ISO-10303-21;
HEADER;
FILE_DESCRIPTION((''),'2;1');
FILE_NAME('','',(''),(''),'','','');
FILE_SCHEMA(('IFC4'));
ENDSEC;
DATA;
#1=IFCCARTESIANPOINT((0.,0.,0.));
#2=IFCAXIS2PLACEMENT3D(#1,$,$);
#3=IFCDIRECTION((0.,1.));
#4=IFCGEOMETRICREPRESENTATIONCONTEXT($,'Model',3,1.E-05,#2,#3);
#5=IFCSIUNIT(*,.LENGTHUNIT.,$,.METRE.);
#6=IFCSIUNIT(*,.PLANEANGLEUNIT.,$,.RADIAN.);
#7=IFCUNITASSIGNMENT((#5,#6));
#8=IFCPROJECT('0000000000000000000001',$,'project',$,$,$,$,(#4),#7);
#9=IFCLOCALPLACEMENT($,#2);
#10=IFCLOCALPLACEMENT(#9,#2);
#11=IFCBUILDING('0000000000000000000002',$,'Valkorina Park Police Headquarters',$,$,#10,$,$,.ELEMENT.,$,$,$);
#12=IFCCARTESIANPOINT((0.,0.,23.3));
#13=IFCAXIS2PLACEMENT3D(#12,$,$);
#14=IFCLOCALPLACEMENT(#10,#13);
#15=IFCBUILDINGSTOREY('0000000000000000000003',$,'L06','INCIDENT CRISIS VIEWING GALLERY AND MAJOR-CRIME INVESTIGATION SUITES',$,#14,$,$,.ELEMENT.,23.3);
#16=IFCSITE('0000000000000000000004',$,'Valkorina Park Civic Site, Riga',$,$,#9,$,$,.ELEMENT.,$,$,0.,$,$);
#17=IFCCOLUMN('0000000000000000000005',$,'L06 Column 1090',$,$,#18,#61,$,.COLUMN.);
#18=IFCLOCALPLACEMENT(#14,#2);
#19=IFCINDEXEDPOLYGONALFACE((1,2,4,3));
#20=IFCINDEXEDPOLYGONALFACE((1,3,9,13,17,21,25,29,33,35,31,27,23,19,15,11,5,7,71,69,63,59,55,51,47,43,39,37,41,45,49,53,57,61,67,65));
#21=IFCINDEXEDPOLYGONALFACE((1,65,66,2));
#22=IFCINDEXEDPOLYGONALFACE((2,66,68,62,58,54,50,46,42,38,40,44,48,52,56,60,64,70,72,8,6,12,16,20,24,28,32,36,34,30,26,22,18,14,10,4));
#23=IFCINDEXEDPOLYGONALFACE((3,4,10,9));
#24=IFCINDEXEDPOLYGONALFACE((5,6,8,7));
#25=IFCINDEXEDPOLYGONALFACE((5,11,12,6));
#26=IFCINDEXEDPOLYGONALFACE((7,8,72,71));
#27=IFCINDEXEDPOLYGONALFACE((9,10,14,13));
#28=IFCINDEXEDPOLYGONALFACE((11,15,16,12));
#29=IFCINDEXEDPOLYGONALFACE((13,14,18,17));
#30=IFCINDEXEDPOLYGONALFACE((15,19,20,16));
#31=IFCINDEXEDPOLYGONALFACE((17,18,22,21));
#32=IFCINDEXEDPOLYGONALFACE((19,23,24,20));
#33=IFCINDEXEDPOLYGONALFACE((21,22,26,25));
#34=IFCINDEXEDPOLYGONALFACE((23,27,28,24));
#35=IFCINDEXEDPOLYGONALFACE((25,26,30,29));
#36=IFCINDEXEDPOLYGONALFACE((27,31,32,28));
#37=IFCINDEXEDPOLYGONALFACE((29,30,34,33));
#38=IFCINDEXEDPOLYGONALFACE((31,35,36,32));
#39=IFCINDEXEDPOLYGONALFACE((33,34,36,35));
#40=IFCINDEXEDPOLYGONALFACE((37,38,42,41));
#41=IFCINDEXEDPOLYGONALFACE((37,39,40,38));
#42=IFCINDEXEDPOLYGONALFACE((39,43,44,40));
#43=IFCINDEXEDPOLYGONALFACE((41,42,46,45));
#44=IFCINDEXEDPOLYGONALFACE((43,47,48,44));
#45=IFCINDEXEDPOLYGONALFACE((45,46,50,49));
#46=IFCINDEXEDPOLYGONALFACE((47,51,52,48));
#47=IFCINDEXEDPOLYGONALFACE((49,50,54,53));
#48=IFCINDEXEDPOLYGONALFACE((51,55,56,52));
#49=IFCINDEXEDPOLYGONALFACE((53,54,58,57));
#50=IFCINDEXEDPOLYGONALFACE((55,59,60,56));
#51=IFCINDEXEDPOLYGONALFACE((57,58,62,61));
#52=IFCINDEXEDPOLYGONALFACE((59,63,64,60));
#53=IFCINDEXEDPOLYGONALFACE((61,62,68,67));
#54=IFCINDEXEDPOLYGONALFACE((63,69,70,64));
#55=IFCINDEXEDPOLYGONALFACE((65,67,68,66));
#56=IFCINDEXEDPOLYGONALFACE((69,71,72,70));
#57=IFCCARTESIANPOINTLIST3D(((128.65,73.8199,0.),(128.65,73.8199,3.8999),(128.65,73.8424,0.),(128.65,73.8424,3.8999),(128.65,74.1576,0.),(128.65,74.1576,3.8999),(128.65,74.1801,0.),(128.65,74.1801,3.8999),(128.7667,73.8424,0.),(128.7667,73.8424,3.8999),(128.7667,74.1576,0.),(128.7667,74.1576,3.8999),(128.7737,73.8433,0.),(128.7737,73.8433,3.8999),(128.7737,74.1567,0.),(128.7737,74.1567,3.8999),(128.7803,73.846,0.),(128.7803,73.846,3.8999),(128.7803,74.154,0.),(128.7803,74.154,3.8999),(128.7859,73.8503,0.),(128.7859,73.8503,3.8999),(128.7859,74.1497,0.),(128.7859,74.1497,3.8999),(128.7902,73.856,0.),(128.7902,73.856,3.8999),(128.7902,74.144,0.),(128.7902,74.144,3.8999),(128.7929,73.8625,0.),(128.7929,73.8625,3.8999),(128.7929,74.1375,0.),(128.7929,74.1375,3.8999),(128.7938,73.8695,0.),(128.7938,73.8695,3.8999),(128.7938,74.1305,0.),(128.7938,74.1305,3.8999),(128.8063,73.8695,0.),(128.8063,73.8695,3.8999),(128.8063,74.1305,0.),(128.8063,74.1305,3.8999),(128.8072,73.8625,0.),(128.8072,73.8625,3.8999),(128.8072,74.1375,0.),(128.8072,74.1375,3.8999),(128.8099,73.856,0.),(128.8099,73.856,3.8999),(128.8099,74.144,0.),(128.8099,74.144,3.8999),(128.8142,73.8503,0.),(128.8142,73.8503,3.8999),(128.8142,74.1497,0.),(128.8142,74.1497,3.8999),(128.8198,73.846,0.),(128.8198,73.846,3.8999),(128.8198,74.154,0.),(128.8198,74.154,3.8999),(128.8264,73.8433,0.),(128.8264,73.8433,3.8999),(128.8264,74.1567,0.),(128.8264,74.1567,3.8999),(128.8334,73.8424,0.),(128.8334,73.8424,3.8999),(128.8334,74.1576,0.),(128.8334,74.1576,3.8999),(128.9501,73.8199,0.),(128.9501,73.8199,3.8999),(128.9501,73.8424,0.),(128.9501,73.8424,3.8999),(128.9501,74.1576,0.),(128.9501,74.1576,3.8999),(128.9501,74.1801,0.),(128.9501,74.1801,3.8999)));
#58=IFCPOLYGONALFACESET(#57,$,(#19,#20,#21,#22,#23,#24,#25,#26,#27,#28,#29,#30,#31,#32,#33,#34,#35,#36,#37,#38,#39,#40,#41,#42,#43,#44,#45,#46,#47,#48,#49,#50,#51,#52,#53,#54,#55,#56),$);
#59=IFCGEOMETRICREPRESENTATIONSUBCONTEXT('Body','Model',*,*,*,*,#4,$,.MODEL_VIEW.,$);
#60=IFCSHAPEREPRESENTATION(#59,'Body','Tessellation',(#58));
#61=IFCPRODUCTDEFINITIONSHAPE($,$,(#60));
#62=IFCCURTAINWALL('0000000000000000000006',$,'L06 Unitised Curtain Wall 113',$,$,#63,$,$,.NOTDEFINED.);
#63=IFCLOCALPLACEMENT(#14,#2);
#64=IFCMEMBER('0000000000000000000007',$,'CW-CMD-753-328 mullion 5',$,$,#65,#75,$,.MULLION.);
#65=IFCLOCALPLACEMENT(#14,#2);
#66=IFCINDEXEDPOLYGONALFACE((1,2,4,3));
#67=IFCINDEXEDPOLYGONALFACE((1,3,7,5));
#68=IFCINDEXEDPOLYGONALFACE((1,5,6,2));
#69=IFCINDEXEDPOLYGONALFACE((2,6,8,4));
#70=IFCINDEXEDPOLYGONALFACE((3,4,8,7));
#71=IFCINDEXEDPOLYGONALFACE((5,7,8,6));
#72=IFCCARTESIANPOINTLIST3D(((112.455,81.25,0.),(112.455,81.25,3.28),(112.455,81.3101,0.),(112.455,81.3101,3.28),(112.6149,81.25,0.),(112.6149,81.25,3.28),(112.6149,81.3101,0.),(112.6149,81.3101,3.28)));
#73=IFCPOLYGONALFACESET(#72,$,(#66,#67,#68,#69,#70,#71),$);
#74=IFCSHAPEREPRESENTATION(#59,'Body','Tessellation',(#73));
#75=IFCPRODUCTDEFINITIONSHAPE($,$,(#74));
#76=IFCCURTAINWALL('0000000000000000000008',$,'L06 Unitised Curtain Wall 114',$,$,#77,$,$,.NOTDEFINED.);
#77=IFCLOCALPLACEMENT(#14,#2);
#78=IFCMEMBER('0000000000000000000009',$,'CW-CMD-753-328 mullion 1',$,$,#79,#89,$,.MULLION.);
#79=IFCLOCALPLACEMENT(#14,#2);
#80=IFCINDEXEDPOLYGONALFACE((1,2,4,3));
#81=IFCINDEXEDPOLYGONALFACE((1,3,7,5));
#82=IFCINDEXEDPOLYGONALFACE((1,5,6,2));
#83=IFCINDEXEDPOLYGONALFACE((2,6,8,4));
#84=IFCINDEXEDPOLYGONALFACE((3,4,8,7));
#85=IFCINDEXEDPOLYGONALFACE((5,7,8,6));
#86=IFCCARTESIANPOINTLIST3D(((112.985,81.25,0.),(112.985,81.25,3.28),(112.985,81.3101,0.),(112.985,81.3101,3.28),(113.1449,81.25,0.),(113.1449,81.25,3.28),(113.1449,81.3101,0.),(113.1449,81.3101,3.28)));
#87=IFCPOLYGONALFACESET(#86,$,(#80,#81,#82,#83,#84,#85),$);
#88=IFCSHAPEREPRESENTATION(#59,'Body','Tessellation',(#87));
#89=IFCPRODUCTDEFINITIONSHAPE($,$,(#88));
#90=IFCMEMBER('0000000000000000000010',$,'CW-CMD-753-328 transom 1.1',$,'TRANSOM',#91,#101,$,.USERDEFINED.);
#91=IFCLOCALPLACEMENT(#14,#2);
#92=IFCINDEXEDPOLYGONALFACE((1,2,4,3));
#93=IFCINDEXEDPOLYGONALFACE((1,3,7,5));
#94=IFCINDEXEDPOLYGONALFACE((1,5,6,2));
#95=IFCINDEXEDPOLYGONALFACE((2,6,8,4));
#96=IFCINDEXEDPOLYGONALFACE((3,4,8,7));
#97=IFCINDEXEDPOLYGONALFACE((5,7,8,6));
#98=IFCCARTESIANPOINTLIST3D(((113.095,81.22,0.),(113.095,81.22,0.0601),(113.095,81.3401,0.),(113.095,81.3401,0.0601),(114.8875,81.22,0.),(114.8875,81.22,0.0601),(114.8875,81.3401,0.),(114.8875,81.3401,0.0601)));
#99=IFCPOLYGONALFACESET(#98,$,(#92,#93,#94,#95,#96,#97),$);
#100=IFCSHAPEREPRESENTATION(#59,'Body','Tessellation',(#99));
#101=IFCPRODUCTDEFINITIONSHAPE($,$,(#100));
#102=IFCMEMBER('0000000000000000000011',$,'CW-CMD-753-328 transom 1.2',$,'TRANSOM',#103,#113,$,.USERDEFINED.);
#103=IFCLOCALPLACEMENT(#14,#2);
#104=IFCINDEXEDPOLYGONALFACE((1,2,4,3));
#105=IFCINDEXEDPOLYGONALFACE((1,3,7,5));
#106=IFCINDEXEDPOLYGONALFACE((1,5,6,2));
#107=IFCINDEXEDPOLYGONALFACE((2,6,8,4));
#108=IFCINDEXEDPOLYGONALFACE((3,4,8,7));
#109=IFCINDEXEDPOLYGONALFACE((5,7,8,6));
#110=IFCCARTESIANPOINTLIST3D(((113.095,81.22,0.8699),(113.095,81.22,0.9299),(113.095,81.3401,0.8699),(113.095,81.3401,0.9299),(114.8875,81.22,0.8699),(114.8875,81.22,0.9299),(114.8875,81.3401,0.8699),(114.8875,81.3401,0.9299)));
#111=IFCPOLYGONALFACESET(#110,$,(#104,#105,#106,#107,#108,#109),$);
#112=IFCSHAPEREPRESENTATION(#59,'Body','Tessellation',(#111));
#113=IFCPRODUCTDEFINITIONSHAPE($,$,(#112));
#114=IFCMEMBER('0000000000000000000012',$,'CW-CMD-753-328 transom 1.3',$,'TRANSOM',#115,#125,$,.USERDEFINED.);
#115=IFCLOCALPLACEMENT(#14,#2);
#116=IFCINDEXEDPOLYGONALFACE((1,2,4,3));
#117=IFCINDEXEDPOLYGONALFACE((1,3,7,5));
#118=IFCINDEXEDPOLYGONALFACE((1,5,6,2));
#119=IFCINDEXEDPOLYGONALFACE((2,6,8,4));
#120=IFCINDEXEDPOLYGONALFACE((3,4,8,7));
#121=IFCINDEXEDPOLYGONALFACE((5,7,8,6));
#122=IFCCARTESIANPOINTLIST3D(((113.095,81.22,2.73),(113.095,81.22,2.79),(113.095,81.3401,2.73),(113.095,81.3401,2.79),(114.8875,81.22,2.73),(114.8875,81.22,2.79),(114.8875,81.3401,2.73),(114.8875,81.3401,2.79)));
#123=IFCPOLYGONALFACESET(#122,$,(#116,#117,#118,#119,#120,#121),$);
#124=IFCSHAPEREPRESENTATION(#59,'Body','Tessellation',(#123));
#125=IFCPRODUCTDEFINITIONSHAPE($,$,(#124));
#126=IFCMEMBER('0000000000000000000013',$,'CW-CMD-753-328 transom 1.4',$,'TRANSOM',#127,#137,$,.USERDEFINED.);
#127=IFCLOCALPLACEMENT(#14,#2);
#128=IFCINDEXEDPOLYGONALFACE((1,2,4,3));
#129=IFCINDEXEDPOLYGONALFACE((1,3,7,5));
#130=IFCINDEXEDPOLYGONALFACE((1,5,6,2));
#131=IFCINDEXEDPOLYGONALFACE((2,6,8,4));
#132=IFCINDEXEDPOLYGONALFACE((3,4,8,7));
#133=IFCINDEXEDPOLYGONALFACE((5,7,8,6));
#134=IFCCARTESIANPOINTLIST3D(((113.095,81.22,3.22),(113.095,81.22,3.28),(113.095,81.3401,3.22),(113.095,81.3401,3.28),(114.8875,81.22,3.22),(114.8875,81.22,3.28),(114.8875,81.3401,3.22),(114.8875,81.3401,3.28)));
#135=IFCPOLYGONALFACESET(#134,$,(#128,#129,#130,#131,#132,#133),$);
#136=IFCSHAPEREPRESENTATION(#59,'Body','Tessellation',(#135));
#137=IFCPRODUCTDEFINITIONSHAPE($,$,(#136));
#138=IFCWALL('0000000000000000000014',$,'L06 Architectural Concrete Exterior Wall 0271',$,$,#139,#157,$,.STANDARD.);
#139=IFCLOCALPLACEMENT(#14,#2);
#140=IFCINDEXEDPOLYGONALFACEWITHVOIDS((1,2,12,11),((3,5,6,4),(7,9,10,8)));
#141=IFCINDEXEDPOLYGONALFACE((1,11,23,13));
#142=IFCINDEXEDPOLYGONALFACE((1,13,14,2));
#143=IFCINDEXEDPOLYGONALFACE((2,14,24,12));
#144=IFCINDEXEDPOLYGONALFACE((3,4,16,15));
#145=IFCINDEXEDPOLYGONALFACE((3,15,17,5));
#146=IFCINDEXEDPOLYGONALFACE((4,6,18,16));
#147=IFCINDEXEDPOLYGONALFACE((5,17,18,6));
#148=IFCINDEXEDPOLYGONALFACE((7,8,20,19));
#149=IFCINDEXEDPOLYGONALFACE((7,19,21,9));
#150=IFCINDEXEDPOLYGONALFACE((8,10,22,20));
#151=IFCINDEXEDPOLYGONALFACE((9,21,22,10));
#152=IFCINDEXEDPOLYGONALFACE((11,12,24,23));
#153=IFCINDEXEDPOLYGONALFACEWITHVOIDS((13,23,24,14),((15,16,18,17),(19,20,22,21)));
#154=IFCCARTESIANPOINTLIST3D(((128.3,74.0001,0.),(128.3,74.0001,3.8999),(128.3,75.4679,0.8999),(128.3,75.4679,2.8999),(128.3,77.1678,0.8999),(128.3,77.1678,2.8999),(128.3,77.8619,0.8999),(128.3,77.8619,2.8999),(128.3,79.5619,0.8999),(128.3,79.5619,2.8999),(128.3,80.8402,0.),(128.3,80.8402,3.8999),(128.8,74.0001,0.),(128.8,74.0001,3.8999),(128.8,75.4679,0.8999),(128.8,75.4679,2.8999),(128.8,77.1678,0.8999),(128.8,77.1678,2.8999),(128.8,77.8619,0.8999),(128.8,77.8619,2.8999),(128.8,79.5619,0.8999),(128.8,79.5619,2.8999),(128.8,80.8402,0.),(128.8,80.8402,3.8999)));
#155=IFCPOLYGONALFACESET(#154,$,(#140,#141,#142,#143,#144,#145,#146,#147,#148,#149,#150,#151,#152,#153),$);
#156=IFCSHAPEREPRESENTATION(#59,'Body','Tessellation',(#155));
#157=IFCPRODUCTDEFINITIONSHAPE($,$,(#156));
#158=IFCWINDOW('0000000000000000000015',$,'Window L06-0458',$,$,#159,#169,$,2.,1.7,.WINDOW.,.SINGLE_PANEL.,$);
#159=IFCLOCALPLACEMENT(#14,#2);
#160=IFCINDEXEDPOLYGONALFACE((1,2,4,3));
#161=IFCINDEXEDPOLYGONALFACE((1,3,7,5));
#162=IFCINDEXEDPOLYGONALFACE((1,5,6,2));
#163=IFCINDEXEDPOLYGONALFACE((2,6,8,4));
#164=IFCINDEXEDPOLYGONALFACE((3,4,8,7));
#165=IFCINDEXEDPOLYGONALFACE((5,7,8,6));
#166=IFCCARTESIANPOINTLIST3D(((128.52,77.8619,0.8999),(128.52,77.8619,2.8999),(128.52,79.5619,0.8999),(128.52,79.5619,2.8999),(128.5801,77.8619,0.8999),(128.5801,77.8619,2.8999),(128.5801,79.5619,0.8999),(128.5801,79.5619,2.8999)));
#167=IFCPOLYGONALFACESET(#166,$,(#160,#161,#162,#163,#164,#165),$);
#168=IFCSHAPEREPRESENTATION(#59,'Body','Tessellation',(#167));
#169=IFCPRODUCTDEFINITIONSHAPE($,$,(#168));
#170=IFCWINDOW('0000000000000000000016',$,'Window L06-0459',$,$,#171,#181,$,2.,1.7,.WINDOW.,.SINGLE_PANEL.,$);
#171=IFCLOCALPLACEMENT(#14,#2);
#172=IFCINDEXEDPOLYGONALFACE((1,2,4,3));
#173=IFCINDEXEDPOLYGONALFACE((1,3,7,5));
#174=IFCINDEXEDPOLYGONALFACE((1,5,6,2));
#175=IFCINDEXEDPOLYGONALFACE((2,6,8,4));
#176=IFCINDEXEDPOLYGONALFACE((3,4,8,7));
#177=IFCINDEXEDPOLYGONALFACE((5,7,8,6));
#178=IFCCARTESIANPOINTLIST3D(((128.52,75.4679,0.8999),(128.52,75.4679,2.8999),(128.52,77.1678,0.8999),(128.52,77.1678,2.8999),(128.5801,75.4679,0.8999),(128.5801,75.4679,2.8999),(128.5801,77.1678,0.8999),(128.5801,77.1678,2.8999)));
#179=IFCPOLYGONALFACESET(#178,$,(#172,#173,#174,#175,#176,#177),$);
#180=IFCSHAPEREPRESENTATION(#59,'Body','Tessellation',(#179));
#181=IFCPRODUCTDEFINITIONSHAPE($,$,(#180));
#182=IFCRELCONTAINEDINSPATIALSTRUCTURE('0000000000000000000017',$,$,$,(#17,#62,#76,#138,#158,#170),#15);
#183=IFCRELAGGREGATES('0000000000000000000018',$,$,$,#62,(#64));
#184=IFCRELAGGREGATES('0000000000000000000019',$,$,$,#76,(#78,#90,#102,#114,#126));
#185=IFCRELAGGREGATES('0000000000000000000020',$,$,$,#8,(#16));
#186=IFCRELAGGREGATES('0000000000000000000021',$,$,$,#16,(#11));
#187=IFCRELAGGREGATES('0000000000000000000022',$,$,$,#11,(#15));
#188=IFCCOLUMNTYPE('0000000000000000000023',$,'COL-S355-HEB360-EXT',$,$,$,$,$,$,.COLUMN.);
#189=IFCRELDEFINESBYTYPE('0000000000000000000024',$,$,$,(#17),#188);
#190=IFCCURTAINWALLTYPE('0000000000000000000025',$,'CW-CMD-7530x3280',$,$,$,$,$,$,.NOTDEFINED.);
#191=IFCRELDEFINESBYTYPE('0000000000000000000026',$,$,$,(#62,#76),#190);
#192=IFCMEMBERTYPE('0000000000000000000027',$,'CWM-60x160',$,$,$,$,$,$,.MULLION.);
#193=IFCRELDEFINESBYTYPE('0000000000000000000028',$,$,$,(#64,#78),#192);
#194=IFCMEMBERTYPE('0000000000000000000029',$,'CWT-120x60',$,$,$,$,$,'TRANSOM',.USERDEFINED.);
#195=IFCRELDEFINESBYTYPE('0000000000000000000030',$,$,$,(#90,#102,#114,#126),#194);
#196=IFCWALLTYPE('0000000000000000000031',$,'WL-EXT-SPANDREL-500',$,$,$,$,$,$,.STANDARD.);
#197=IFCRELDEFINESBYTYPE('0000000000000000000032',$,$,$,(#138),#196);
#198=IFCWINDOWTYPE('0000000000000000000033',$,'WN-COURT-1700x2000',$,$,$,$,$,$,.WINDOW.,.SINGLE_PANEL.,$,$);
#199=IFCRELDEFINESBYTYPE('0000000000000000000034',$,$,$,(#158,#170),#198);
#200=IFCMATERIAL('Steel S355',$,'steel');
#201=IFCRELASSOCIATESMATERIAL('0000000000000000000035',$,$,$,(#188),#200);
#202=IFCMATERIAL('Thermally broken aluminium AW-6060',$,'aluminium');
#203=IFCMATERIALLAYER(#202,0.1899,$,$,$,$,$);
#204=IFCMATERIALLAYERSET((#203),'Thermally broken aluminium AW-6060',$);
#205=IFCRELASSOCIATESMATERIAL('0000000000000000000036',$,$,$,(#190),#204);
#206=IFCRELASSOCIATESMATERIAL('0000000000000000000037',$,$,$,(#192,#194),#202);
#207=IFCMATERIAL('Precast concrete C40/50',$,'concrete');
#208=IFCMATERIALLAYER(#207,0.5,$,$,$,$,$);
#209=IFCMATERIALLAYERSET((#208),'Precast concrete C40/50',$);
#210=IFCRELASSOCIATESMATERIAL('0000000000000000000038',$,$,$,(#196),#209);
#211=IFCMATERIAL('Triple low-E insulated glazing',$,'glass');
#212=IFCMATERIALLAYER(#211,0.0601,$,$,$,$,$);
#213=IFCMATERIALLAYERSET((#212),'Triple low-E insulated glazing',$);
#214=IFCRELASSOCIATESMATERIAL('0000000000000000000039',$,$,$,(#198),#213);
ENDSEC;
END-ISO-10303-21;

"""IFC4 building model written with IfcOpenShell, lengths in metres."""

from ifc_helpers import new_model, si_unit, direction, frame, frame_2d, origin, origin_2d, place, context, subcontext, project, spatial, rectangle, i_section, extrude, material, layer, layer_set, material_profile, profile_set, type_object, element, fill, aggregate, save


model = new_model("IFC4")

# Units and contexts
model_context = context("Model", 3, precision=1e-05, world=origin(), true_north=direction((0.0, 1.0)))
body_context = subcontext(model_context, "Body", "Model", "MODEL_VIEW")
ifc_project = project(units=[si_unit("LENGTHUNIT", "METRE"), si_unit("PLANEANGLEUNIT", "RADIAN")], contexts=[model_context])

# Site, building, storey
site_placement = place(None, origin())
site = spatial("IfcSite", under=ifc_project, at=site_placement, Name="Valkorina Park Civic Site, Riga", CompositionType="ELEMENT", RefElevation=0.0)
building_placement = place(site_placement, origin())
building = spatial("IfcBuilding", under=site, at=building_placement, Name="Valkorina Park Police Headquarters", CompositionType="ELEMENT")
storey_placement = place(building_placement, frame((0.0, 0.0, 23.3)))
storey = spatial("IfcBuildingStorey", under=building, at=storey_placement, Name="L06", Description="INCIDENT CRISIS VIEWING GALLERY AND MAJOR-CRIME INVESTIGATION SUITES", CompositionType="ELEMENT", Elevation=23.3)

# Column
ifc_material_1 = material(Name="Steel S355", Category="steel")
ifc_material_profile_1 = material_profile(ifc_material_1, i_section(OverallWidth=0.3, OverallDepth=0.3601, WebThickness=0.0125, FlangeThickness=0.0225, FilletRadius=0.0271, at=origin_2d()), Name="HEB 360")
ifc_profile_set_1 = profile_set([ifc_material_profile_1], Name="Steel S355")
column_type = type_object("IfcColumnType", Name="COL-S355-HEB360-EXT", PredefinedType="COLUMN", material=ifc_profile_set_1)
column_placement = place(storey_placement, frame((128.8, 74.0, 0.0), z_axis=(0.0, 0.0, 1.0), x_axis=(1.0, 0.0, 0.0)))
element("IfcColumn", 1, at=column_placement, inside=storey, type_object=column_type, Name="L06 Column 1090", PredefinedType="COLUMN", context=body_context, shape_type="SweptSolid", body=[
    extrude(i_section(OverallWidth=0.3, OverallDepth=0.3601, WebThickness=0.0125, FlangeThickness=0.0225, FilletRadius=0.0271, at=origin_2d()), origin(), (0.0, 0.0, 1.0), 3.8999),
])

# Curtain wall, member
ifc_material_2 = material(Name="Thermally broken aluminium AW-6060", Category="aluminium")
ifc_layer_1 = layer(ifc_material_2, 0.1899)
ifc_layer_set_1 = layer_set([ifc_layer_1], Name="Thermally broken aluminium AW-6060")
curtain_wall_type = type_object("IfcCurtainWallType", Name="CW-CMD-7530x3280", PredefinedType="NOTDEFINED", material=ifc_layer_set_1)
curtain_wall_1_placement = place(storey_placement, origin())
curtain_wall_1 = element("IfcCurtainWall", 2, at=curtain_wall_1_placement, inside=storey, type_object=curtain_wall_type, Name="L06 Unitised Curtain Wall 113", PredefinedType="NOTDEFINED")
ifc_material_profile_2 = material_profile(ifc_material_2, rectangle(XDim=0.0601, YDim=0.1599, at=origin_2d()), Name="CWM-01 60x160")
ifc_profile_set_2 = profile_set([ifc_material_profile_2], Name="Thermally broken aluminium AW-6060")
member_type_1 = type_object("IfcMemberType", Name="CWM-60x160", PredefinedType="MULLION", material=ifc_profile_set_2)
member_1_placement = place(storey_placement, frame((112.5349, 81.28, 0.0), z_axis=(0.0, 0.0, 1.0), x_axis=(0.0, 1.0, 0.0)))
member_1 = element("IfcMember", 3, at=member_1_placement, type_object=member_type_1, Name="CW-CMD-753-328 mullion 5", PredefinedType="MULLION", context=body_context, shape_type="SweptSolid", body=[
    extrude(rectangle(XDim=0.0601, YDim=0.1599, at=origin_2d()), origin(), (0.0, 0.0, 1.0), 3.28),
])
aggregate(curtain_wall_1, [member_1])

# Curtain wall, members
curtain_wall_2_placement = place(storey_placement, origin())
curtain_wall_2 = element("IfcCurtainWall", 4, at=curtain_wall_2_placement, inside=storey, type_object=curtain_wall_type, Name="L06 Unitised Curtain Wall 114", PredefinedType="NOTDEFINED")
member_2_placement = place(storey_placement, frame((113.0649, 81.28, 0.0), z_axis=(0.0, 0.0, 1.0), x_axis=(0.0, 1.0, 0.0)))
member_2 = element("IfcMember", 5, at=member_2_placement, type_object=member_type_1, Name="CW-CMD-753-328 mullion 1", PredefinedType="MULLION", context=body_context, shape_type="SweptSolid", body=[
    extrude(rectangle(XDim=0.0601, YDim=0.1599, at=origin_2d()), origin(), (0.0, 0.0, 1.0), 3.28),
])
ifc_material_profile_3 = material_profile(ifc_material_2, rectangle(XDim=0.1201, YDim=0.0601, at=origin_2d()), Name="CWT-01 120x60")
ifc_profile_set_3 = profile_set([ifc_material_profile_3], Name="Thermally broken aluminium AW-6060")
member_type_2 = type_object("IfcMemberType", Name="CWT-120x60", ElementType="TRANSOM", PredefinedType="USERDEFINED", material=ifc_profile_set_3)
member_3_placement = place(storey_placement, frame((113.095, 81.28, 0.03), z_axis=(1.0, 0.0, 0.0), x_axis=(0.0, 1.0, 0.0)))
member_3 = element("IfcMember", 6, at=member_3_placement, type_object=member_type_2, Name="CW-CMD-753-328 transom 1.1", ObjectType="TRANSOM", PredefinedType="USERDEFINED", context=body_context, shape_type="SweptSolid", body=[
    extrude(rectangle(XDim=0.1201, YDim=0.0601, at=origin_2d()), origin(), (0.0, 0.0, 1.0), 1.7925),
])
member_4_placement = place(storey_placement, frame((113.095, 81.28, 0.8999), z_axis=(1.0, 0.0, 0.0), x_axis=(0.0, 1.0, 0.0)))
member_4 = element("IfcMember", 7, at=member_4_placement, type_object=member_type_2, Name="CW-CMD-753-328 transom 1.2", ObjectType="TRANSOM", PredefinedType="USERDEFINED", context=body_context, shape_type="SweptSolid", body=[
    extrude(rectangle(XDim=0.1201, YDim=0.0601, at=origin_2d()), origin(), (0.0, 0.0, 1.0), 1.7925),
])
member_5_placement = place(storey_placement, frame((113.095, 81.28, 2.76), z_axis=(1.0, 0.0, 0.0), x_axis=(0.0, 1.0, 0.0)))
member_5 = element("IfcMember", 8, at=member_5_placement, type_object=member_type_2, Name="CW-CMD-753-328 transom 1.3", ObjectType="TRANSOM", PredefinedType="USERDEFINED", context=body_context, shape_type="SweptSolid", body=[
    extrude(rectangle(XDim=0.1201, YDim=0.0601, at=origin_2d()), origin(), (0.0, 0.0, 1.0), 1.7925),
])
member_6_placement = place(storey_placement, frame((113.095, 81.28, 3.25), z_axis=(1.0, 0.0, 0.0), x_axis=(0.0, 1.0, 0.0)))
member_6 = element("IfcMember", 9, at=member_6_placement, type_object=member_type_2, Name="CW-CMD-753-328 transom 1.4", ObjectType="TRANSOM", PredefinedType="USERDEFINED", context=body_context, shape_type="SweptSolid", body=[
    extrude(rectangle(XDim=0.1201, YDim=0.0601, at=origin_2d()), origin(), (0.0, 0.0, 1.0), 1.7925),
])
aggregate(curtain_wall_2, [member_2, member_3, member_4, member_5, member_6])

# Wall, openings, windows
ifc_material_3 = material(Name="Precast concrete C40/50", Category="concrete")
ifc_layer_2 = layer(ifc_material_3, 0.5)
ifc_layer_set_2 = layer_set([ifc_layer_2], Name="Precast concrete C40/50")
wall_type = type_object("IfcWallType", Name="WL-EXT-SPANDREL-500", PredefinedType="STANDARD", material=ifc_layer_set_2)
wall_1_placement = place(storey_placement, frame((128.55, 80.8401, 0.0), z_axis=(0.0, 0.0, 1.0), x_axis=(0.0, -1.0, 0.0)))
wall_1 = element("IfcWall", 10, at=wall_1_placement, inside=storey, type_object=wall_type, Name="L06 Architectural Concrete Exterior Wall 0271", PredefinedType="STANDARD", context=body_context, shape_type="SweptSolid", body=[
    extrude(rectangle(XDim=6.8401, YDim=0.5, at=frame_2d((3.4199, 0.0))), origin(), (0.0, 0.0, 1.0), 3.8999),
])
opening_1_placement = place(wall_1_placement, frame((1.2781, 0.0, 0.8999)))
opening_1 = element("IfcOpeningElement", 11, at=opening_1_placement, cuts=wall_1, PredefinedType="OPENING", context=body_context, shape_type="SweptSolid", body=[
    extrude(rectangle(XDim=1.7, YDim=2.0, at=frame_2d((0.8501, 1.0))), frame((0.0, 0.26, 0.0), z_axis=(0.0, -1.0, 0.0), x_axis=(1.0, 0.0, 0.0)), (0.0, 0.0, 1.0), 0.52),
])
opening_2_placement = place(wall_1_placement, frame((3.6721, 0.0, 0.8999)))
opening_2 = element("IfcOpeningElement", 12, at=opening_2_placement, cuts=wall_1, PredefinedType="OPENING", context=body_context, shape_type="SweptSolid", body=[
    extrude(rectangle(XDim=1.7, YDim=2.0, at=frame_2d((0.8501, 1.0))), frame((0.0, 0.26, 0.0), z_axis=(0.0, -1.0, 0.0), x_axis=(1.0, 0.0, 0.0)), (0.0, 0.0, 1.0), 0.52),
])
ifc_material_4 = material(Name="Triple low-E insulated glazing", Category="glass")
ifc_layer_3 = layer(ifc_material_4, 0.0601)
ifc_layer_set_3 = layer_set([ifc_layer_3], Name="Triple low-E insulated glazing")
window_type_1 = type_object("IfcWindowType", Name="WN-COURT-1700x2000", PartitioningType="SINGLE_PANEL", PredefinedType="WINDOW", material=ifc_layer_set_3)
window_1_placement = place(opening_1_placement, origin())
window_1 = element("IfcWindow", 13, at=window_1_placement, inside=storey, type_object=window_type_1, Name="Window L06-0458", OverallHeight=2.0, OverallWidth=1.7, PartitioningType="SINGLE_PANEL", PredefinedType="WINDOW", context=body_context, shape_type="SweptSolid", body=[
    extrude(rectangle(XDim=1.7, YDim=2.0, at=frame_2d((0.8501, 1.0))), frame((0.0, 0.03, 0.0), z_axis=(0.0, -1.0, 0.0), x_axis=(1.0, 0.0, 0.0)), (0.0, 0.0, 1.0), 0.0601),
])
fill(opening_1, window_1)
window_2_placement = place(opening_2_placement, origin())
window_2 = element("IfcWindow", 14, at=window_2_placement, inside=storey, type_object=window_type_1, Name="Window L06-0459", OverallHeight=2.0, OverallWidth=1.7, PartitioningType="SINGLE_PANEL", PredefinedType="WINDOW", context=body_context, shape_type="SweptSolid", body=[
    extrude(rectangle(XDim=1.7, YDim=2.0, at=frame_2d((0.8501, 1.0))), frame((0.0, 0.03, 0.0), z_axis=(0.0, -1.0, 0.0), x_axis=(1.0, 0.0, 0.0)), (0.0, 0.0, 1.0), 0.0601),
])
fill(opening_2, window_2)

save(model, "model.ifc")
